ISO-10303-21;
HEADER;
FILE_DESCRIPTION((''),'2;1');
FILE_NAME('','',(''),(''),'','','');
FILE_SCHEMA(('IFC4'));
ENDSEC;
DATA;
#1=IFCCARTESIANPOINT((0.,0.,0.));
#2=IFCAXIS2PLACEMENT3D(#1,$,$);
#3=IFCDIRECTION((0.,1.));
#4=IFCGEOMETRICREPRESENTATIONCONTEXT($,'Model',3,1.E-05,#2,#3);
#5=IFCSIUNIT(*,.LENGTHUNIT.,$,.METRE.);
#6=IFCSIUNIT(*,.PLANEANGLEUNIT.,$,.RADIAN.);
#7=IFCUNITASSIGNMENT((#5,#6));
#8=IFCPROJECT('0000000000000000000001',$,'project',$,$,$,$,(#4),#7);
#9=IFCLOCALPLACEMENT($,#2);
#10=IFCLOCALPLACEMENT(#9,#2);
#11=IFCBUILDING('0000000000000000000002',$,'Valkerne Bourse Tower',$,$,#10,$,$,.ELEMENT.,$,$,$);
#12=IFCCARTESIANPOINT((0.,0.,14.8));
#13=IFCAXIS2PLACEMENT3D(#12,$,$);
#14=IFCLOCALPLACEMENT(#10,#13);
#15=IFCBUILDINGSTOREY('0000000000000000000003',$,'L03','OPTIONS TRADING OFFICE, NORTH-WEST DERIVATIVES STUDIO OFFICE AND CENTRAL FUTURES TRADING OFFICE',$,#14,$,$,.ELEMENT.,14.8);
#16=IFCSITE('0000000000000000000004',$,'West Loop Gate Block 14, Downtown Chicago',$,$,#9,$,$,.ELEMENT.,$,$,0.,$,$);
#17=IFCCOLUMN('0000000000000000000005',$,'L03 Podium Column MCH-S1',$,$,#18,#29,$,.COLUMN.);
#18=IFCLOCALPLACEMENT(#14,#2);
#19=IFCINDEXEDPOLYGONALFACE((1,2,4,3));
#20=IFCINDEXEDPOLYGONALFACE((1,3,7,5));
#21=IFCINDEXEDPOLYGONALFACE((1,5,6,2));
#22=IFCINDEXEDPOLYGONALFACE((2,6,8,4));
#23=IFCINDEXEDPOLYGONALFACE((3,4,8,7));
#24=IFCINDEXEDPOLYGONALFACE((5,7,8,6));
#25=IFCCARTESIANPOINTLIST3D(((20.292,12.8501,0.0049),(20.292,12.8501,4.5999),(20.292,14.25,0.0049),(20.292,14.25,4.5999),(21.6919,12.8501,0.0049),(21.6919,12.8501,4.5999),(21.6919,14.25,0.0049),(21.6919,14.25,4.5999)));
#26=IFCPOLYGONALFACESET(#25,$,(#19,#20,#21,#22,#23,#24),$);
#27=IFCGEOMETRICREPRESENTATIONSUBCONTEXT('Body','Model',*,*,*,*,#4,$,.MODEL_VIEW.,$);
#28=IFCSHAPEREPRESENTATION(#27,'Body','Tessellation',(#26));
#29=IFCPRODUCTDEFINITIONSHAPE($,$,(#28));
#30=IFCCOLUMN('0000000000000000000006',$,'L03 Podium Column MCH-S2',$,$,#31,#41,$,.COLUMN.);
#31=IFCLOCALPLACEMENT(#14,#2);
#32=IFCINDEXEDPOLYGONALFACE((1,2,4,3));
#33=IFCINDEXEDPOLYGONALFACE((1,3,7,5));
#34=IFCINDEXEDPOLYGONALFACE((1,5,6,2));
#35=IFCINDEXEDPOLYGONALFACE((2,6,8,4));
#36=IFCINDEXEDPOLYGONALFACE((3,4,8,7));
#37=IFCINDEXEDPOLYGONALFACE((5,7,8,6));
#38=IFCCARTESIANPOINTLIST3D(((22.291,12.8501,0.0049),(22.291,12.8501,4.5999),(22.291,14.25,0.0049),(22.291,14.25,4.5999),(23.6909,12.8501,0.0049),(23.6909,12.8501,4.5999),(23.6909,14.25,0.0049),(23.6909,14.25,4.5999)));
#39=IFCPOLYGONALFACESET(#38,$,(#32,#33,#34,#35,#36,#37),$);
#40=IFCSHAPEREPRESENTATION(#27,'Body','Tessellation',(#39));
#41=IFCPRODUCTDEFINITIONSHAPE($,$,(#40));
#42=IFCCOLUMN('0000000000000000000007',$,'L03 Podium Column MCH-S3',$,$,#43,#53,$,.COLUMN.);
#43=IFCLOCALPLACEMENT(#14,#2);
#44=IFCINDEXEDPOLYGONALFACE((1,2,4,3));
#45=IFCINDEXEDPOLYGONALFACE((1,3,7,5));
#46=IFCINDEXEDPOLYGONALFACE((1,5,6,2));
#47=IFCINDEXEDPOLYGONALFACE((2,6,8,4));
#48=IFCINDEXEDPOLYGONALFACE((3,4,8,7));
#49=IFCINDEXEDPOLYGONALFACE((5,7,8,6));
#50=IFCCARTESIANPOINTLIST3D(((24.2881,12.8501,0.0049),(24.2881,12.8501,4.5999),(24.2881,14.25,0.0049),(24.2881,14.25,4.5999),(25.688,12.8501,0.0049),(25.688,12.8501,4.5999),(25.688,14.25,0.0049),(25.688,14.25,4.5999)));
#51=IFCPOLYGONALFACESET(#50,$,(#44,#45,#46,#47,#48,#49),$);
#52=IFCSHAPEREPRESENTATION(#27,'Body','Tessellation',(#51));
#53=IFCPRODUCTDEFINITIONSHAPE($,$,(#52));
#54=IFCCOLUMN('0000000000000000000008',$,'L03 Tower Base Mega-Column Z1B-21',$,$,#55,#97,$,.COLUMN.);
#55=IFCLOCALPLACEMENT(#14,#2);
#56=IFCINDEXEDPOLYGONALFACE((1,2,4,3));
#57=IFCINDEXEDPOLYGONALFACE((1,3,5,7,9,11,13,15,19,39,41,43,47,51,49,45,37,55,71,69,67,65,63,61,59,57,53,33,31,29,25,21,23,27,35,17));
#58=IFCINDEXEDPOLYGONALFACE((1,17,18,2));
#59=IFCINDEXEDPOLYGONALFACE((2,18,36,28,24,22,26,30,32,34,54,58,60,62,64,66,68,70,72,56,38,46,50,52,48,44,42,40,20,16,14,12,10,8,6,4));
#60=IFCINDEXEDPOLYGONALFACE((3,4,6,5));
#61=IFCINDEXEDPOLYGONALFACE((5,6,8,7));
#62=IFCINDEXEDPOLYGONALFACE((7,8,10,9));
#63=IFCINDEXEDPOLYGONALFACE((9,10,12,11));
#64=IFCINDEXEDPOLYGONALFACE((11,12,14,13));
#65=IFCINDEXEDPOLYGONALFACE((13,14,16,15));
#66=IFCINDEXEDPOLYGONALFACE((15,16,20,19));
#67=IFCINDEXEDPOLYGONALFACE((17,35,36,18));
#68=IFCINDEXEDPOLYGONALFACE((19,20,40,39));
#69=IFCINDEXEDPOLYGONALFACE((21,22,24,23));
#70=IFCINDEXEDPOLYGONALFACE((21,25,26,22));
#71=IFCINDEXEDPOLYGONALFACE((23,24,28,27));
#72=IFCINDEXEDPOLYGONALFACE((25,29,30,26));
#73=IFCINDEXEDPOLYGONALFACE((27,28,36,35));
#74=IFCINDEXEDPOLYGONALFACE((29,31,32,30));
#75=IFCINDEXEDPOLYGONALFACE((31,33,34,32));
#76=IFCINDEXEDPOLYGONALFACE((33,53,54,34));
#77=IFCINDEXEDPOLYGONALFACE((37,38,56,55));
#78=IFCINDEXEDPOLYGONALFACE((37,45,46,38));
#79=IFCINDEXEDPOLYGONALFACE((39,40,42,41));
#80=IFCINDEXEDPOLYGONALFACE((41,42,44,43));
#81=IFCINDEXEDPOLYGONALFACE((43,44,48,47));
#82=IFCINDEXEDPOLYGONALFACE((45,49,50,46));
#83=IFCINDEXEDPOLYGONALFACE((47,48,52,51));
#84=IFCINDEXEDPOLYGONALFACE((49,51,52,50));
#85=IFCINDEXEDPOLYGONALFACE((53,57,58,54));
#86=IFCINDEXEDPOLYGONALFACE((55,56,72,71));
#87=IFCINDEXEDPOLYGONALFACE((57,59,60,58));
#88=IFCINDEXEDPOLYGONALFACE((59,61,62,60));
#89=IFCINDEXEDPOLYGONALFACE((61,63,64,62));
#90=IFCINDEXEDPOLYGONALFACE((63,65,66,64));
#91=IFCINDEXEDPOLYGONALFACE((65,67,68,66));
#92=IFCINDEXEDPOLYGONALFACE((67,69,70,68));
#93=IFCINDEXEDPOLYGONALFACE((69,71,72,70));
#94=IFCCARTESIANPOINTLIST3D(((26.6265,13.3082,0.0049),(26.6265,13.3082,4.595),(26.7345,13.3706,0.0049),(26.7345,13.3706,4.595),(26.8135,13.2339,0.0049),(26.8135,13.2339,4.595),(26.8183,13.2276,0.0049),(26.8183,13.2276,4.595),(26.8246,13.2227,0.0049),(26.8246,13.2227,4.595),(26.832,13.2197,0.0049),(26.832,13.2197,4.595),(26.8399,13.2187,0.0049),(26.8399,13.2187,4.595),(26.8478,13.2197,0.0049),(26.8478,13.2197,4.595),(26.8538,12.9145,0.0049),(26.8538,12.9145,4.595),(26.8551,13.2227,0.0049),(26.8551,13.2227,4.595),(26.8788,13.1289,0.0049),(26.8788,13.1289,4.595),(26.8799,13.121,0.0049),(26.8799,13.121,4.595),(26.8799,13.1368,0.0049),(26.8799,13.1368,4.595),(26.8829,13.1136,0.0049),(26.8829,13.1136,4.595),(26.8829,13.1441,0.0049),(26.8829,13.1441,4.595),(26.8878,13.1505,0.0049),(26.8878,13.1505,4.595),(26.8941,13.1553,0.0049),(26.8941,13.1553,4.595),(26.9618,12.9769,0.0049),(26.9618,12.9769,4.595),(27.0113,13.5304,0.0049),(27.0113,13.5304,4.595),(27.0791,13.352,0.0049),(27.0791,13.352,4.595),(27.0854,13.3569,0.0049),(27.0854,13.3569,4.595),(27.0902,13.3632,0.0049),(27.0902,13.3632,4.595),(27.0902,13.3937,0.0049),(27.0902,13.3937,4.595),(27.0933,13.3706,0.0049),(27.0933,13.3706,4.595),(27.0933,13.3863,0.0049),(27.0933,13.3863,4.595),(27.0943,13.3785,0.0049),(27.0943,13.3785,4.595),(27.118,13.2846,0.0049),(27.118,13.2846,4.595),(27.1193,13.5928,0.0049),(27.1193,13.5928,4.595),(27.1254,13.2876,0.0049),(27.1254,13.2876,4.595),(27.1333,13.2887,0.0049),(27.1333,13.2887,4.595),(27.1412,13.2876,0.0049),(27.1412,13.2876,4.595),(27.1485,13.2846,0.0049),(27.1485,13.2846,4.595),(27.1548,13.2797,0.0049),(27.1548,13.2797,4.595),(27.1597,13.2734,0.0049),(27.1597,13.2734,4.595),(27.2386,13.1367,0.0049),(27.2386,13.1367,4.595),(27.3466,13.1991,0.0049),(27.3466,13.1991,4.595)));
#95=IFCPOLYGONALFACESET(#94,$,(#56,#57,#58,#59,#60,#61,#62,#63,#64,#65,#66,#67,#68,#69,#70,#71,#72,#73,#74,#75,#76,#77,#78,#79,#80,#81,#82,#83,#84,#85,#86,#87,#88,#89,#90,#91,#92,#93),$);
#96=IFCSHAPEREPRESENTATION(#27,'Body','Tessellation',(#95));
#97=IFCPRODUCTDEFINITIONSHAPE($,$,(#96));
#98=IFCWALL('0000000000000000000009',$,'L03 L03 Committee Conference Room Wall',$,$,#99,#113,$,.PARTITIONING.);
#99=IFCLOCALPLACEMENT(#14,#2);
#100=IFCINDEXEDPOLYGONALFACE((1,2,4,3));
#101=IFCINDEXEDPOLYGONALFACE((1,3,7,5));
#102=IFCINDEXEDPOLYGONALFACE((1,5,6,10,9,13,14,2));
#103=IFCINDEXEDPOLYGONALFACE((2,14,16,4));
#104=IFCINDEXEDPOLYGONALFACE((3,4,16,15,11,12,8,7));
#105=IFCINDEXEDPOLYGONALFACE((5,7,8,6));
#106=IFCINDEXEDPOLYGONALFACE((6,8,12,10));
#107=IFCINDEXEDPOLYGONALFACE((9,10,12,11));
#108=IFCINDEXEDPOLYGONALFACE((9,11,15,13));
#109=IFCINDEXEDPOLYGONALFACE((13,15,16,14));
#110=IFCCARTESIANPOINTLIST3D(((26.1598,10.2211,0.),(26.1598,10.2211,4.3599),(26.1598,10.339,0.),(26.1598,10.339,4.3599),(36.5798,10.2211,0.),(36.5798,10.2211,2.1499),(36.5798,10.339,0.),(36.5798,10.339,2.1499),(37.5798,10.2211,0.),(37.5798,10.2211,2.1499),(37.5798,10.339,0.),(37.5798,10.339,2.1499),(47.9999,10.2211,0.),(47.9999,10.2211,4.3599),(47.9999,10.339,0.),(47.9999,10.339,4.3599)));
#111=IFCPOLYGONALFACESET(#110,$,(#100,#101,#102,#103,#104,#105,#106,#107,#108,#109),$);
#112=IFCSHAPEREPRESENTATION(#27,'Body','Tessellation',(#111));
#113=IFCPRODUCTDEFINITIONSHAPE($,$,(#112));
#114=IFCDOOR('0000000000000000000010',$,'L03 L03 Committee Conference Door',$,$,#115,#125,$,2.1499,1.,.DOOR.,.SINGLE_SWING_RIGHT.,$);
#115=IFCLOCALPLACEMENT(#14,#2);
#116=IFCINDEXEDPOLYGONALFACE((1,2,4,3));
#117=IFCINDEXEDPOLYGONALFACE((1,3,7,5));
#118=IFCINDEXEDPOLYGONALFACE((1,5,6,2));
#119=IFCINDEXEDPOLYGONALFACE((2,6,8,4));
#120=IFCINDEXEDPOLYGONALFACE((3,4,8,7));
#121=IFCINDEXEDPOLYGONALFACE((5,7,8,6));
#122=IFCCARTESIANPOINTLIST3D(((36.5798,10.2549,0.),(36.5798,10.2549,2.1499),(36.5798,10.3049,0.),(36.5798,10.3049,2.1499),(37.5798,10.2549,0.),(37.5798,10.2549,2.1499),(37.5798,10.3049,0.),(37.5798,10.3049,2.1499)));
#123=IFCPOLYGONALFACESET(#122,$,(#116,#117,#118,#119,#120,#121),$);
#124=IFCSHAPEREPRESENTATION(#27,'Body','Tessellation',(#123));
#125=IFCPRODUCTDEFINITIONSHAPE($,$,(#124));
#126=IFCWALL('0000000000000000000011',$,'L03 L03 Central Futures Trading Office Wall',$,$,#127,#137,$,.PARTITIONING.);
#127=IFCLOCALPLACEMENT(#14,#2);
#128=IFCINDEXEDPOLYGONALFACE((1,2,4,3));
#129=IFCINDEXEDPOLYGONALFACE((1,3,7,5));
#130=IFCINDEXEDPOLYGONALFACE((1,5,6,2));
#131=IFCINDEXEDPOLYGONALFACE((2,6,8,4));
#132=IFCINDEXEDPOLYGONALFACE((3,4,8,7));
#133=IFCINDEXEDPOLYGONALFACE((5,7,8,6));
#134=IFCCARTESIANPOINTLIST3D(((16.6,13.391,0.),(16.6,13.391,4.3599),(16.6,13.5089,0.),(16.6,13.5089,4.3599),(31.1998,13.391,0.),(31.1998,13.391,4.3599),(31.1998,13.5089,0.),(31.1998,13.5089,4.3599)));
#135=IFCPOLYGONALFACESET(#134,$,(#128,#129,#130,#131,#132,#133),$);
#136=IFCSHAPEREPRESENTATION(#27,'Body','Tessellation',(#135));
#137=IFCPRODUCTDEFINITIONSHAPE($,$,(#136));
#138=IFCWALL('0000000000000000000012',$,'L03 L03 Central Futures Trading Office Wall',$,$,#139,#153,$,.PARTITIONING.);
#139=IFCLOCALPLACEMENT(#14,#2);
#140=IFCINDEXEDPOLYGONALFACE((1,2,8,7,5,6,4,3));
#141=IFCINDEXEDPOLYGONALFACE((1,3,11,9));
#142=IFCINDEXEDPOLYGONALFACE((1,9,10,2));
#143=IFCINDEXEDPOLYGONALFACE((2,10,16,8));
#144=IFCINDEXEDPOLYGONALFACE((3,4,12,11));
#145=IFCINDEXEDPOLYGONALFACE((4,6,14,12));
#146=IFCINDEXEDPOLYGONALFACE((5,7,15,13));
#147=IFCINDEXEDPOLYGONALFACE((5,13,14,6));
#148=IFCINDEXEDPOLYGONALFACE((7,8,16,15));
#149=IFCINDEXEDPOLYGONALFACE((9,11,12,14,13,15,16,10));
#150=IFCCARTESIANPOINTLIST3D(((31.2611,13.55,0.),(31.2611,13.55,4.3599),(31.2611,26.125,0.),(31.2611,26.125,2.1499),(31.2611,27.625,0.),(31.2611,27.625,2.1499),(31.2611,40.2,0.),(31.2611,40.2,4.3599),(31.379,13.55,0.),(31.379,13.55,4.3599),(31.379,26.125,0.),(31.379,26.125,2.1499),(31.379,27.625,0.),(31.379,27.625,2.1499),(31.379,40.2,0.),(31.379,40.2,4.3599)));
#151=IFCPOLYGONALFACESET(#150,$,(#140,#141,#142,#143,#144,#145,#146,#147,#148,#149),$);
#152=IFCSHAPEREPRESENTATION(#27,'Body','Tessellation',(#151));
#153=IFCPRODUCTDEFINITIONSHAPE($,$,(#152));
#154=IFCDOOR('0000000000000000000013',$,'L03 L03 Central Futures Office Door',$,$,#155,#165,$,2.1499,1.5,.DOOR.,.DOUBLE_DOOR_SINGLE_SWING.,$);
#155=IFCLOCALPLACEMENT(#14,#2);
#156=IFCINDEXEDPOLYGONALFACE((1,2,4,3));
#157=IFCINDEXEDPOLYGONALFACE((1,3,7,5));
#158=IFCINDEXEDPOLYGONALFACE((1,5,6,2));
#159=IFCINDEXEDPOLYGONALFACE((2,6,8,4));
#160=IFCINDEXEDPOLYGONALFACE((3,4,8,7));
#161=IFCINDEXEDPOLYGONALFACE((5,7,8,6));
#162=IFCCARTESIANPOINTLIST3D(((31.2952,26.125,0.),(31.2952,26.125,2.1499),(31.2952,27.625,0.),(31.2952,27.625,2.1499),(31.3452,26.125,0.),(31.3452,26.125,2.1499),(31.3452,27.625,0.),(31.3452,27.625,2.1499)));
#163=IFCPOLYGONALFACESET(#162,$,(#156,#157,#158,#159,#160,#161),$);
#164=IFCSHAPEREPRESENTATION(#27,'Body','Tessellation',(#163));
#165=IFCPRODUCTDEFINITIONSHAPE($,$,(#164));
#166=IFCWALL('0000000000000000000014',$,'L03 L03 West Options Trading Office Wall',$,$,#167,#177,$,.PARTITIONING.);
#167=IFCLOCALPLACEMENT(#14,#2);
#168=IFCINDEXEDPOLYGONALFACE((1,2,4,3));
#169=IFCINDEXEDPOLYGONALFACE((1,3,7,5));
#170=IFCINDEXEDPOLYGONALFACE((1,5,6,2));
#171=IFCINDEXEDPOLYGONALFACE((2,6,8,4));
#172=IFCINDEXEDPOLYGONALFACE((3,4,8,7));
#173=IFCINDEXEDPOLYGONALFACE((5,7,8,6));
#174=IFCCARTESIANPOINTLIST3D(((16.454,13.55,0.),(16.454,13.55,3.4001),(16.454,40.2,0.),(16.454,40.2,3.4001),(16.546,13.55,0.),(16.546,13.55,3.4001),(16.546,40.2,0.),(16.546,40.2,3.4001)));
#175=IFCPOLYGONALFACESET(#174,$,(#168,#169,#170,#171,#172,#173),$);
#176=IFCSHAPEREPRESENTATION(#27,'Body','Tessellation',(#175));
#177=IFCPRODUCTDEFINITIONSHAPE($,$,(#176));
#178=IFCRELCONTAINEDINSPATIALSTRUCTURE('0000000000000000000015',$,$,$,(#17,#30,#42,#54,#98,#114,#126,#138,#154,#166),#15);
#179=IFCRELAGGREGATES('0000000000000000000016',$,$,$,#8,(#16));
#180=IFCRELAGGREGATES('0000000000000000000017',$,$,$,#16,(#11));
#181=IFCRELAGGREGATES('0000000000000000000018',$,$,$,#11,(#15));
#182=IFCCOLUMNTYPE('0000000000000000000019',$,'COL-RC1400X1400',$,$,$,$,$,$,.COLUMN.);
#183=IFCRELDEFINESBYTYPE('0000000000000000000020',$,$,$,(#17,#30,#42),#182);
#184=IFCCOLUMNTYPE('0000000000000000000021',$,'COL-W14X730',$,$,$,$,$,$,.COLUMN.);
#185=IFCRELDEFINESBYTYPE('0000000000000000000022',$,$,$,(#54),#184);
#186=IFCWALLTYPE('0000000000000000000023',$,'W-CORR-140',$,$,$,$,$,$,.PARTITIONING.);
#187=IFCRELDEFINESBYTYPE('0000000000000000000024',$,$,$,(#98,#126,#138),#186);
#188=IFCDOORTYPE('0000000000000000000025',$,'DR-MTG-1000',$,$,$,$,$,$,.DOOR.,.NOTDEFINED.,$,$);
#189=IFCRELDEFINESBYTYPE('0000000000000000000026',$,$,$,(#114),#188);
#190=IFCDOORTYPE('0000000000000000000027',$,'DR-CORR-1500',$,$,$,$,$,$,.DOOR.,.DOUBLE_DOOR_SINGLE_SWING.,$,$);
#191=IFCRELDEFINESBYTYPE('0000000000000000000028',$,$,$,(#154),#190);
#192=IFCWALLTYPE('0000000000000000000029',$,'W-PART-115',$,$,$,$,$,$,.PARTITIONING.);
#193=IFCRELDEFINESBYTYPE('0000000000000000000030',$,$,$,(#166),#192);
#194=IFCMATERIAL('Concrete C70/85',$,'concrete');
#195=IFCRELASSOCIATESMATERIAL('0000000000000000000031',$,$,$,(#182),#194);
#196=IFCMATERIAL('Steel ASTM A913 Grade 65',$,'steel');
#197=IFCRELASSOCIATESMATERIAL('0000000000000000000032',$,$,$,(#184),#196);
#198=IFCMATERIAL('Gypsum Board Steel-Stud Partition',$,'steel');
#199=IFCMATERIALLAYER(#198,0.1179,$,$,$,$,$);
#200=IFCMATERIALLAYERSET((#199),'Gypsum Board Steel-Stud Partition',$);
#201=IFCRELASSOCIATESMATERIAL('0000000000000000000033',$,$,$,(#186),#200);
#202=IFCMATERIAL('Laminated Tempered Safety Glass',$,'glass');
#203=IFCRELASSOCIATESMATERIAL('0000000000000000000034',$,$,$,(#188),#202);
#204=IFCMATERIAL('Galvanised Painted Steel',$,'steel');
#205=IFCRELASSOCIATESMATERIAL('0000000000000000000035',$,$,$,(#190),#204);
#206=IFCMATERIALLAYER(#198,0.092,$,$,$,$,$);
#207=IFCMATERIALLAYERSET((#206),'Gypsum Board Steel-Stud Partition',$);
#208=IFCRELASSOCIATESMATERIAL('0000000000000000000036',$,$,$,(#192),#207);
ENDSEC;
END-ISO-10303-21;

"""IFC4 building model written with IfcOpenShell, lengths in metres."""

from ifc_helpers import new_model, si_unit, direction, frame, frame_2d, origin, origin_2d, place, context, subcontext, project, spatial, rectangle, i_section, extrude, material, layer, layer_set, material_profile, profile_set, type_object, element, fill, save


model = new_model("IFC4")

# Units and contexts
model_context = context("Model", 3, precision=1e-05, world=origin(), true_north=direction((0.0, 1.0)))
body_context = subcontext(model_context, "Body", "Model", "MODEL_VIEW")
ifc_project = project(units=[si_unit("LENGTHUNIT", "METRE"), si_unit("PLANEANGLEUNIT", "RADIAN")], contexts=[model_context])

# Site, building, storey
site_placement = place(None, origin())
site = spatial("IfcSite", under=ifc_project, at=site_placement, Name="West Loop Gate Block 14, Downtown Chicago", CompositionType="ELEMENT", RefElevation=0.0)
building_placement = place(site_placement, origin())
building = spatial("IfcBuilding", under=site, at=building_placement, Name="Valkerne Bourse Tower", CompositionType="ELEMENT")
storey_placement = place(building_placement, frame((0.0, 0.0, 14.8)))
storey = spatial("IfcBuildingStorey", under=building, at=storey_placement, Name="L03", Description="OPTIONS TRADING OFFICE, NORTH-WEST DERIVATIVES STUDIO OFFICE AND CENTRAL FUTURES TRADING OFFICE", CompositionType="ELEMENT", Elevation=14.8)

# Columns
ifc_material_1 = material(Name="Concrete C70/85", Category="concrete")
ifc_material_profile_1 = material_profile(ifc_material_1, rectangle(XDim=1.3999, YDim=1.3999, at=origin_2d()), Name="RC1400X1400")
ifc_profile_set_1 = profile_set([ifc_material_profile_1], Name="Concrete C70/85")
column_type_1 = type_object("IfcColumnType", Name="COL-RC1400X1400", PredefinedType="COLUMN", material=ifc_profile_set_1)
for number, where, z_axis, x_axis, name in (
    (1, (20.9919, 13.55, 0.0049), (0.0, 0.0, 1.0), (1.0, 0.0, 0.0), "L03 Podium Column MCH-S1"),
    (2, (22.991, 13.55, 0.0049), (0.0, 0.0, 1.0), (1.0, 0.0, 0.0), "L03 Podium Column MCH-S2"),
    (3, (24.988, 13.55, 0.0049), (0.0, 0.0, 1.0), (1.0, 0.0, 0.0), "L03 Podium Column MCH-S3"),
):
    element("IfcColumn", number, at=place(storey_placement, frame(where, z_axis=z_axis, x_axis=x_axis)), inside=storey, type_object=column_type_1, Name=name, PredefinedType="COLUMN", context=body_context, shape_type="SweptSolid", body=[
        extrude(rectangle(XDim=1.3999, YDim=1.3999, at=origin_2d()), origin(), (0.0, 0.0, 1.0), 4.595),
    ])
ifc_material_2 = material(Name="Steel ASTM A913 Grade 65", Category="steel")
ifc_material_profile_2 = material_profile(ifc_material_2, i_section(OverallWidth=0.4546, OverallDepth=0.5691, WebThickness=0.0779, FlangeThickness=0.1248, FilletRadius=0.0305, at=origin_2d()), Name="W14X730")
ifc_profile_set_2 = profile_set([ifc_material_profile_2], Name="Steel ASTM A913 Grade 65")
column_type_2 = type_object("IfcColumnType", Name="COL-W14X730", PredefinedType="COLUMN", material=ifc_profile_set_2)
column_placement = place(storey_placement, frame((26.9866, 13.2537, 0.0049), z_axis=(0.0, 0.0, 1.0), x_axis=(0.5, -0.866025, 0.0)))
element("IfcColumn", 4, at=column_placement, inside=storey, type_object=column_type_2, Name="L03 Tower Base Mega-Column Z1B-21", PredefinedType="COLUMN", context=body_context, shape_type="SweptSolid", body=[
    extrude(i_section(OverallWidth=0.4546, OverallDepth=0.5691, WebThickness=0.0779, FlangeThickness=0.1248, FilletRadius=0.0305, at=origin_2d()), origin(), (0.0, 0.0, 1.0), 4.5901),
])

# Wall, opening, door
ifc_material_3 = material(Name="Galvanised Painted Steel", Category="steel")
ifc_material_4 = material(Name="Gypsum Board Steel-Stud Partition", Category="steel")
ifc_layer_1 = layer(ifc_material_4, 0.1179)
ifc_layer_set_1 = layer_set([ifc_layer_1], Name="Gypsum Board Steel-Stud Partition")
wall_type_1 = type_object("IfcWallType", Name="W-CORR-140", PredefinedType="PARTITIONING", material=ifc_layer_set_1)
wall_1_placement = place(storey_placement, frame((26.1599, 10.28, 0.0), z_axis=(0.0, 0.0, 1.0), x_axis=(1.0, 0.0, 0.0)))
wall_1 = element("IfcWall", 5, at=wall_1_placement, inside=storey, type_object=wall_type_1, Name="L03 L03 Committee Conference Room Wall", PredefinedType="PARTITIONING", context=body_context, shape_type="SweptSolid", body=[
    extrude(rectangle(XDim=21.8401, YDim=0.1179, at=frame_2d((10.9199, 0.0))), origin(), (0.0, 0.0, 1.0), 4.3599),
])
opening_1_placement = place(wall_1_placement, frame((10.4199, 0.0, 0.0)))
opening_1 = element("IfcOpeningElement", 6, at=opening_1_placement, cuts=wall_1, PredefinedType="OPENING", context=body_context, shape_type="SweptSolid", body=[
    extrude(rectangle(XDim=1.0, YDim=2.1499, at=frame_2d((0.5, 1.075))), frame((0.0, 0.0688, 0.0), z_axis=(0.0, -1.0, 0.0), x_axis=(1.0, 0.0, 0.0)), (0.0, 0.0, 1.0), 0.1379),
])
ifc_material_5 = material(Name="Laminated Tempered Safety Glass", Category="glass")
door_type_1 = type_object("IfcDoorType", Name="DR-MTG-1000", OperationType="NOTDEFINED", PredefinedType="DOOR", material=ifc_material_5)
door_1_placement = place(opening_1_placement, origin())
door_1 = element("IfcDoor", 7, at=door_1_placement, inside=storey, type_object=door_type_1, Name="L03 L03 Committee Conference Door", OperationType="SINGLE_SWING_RIGHT", OverallHeight=2.1499, OverallWidth=1.0, PredefinedType="DOOR", context=body_context, shape_type="SweptSolid", body=[
    extrude(rectangle(XDim=1.0, YDim=2.1499, at=frame_2d((0.5, 1.075))), frame((0.0, 0.0249, 0.0), z_axis=(0.0, -1.0, 0.0), x_axis=(1.0, 0.0, 0.0)), (0.0, 0.0, 1.0), 0.05),
])
fill(opening_1, door_1)

# Wall
wall_2_placement = place(storey_placement, frame((16.6001, 13.45, 0.0), z_axis=(0.0, 0.0, 1.0), x_axis=(1.0, 0.0, 0.0)))
element("IfcWall", 8, at=wall_2_placement, inside=storey, type_object=wall_type_1, Name="L03 L03 Central Futures Trading Office Wall", PredefinedType="PARTITIONING", context=body_context, shape_type="SweptSolid", body=[
    extrude(rectangle(XDim=14.5999, YDim=0.1179, at=frame_2d((7.2998, 0.0))), origin(), (0.0, 0.0, 1.0), 4.3599),
])

# Wall, opening, door
wall_3_placement = place(storey_placement, frame((31.3201, 13.55, 0.0), z_axis=(0.0, 0.0, 1.0), x_axis=(0.0, 1.0, 0.0)))
wall_3 = element("IfcWall", 9, at=wall_3_placement, inside=storey, type_object=wall_type_1, Name="L03 L03 Central Futures Trading Office Wall", PredefinedType="PARTITIONING", context=body_context, shape_type="SweptSolid", body=[
    extrude(rectangle(XDim=26.6499, YDim=0.1179, at=frame_2d((13.325, 0.0))), origin(), (0.0, 0.0, 1.0), 4.3599),
])
opening_2_placement = place(wall_3_placement, frame((12.575, 0.0, 0.0)))
opening_2 = element("IfcOpeningElement", 10, at=opening_2_placement, cuts=wall_3, PredefinedType="OPENING", context=body_context, shape_type="SweptSolid", body=[
    extrude(rectangle(XDim=1.5, YDim=2.1499, at=frame_2d((0.75, 1.075))), frame((0.0, 0.0688, 0.0), z_axis=(0.0, -1.0, 0.0), x_axis=(1.0, 0.0, 0.0)), (0.0, 0.0, 1.0), 0.1379),
])
door_type_2 = type_object("IfcDoorType", Name="DR-CORR-1500", OperationType="DOUBLE_DOOR_SINGLE_SWING", PredefinedType="DOOR", material=ifc_material_3)
door_2_placement = place(opening_2_placement, origin())
door_2 = element("IfcDoor", 11, at=door_2_placement, inside=storey, type_object=door_type_2, Name="L03 L03 Central Futures Office Door", OperationType="DOUBLE_DOOR_SINGLE_SWING", OverallHeight=2.1499, OverallWidth=1.5, PredefinedType="DOOR", context=body_context, shape_type="SweptSolid", body=[
    extrude(rectangle(XDim=1.5, YDim=2.1499, at=frame_2d((0.75, 1.075))), frame((0.0, 0.0249, 0.0), z_axis=(0.0, -1.0, 0.0), x_axis=(1.0, 0.0, 0.0)), (0.0, 0.0, 1.0), 0.05),
])
fill(opening_2, door_2)

# Wall
ifc_layer_2 = layer(ifc_material_4, 0.092)
ifc_layer_set_2 = layer_set([ifc_layer_2], Name="Gypsum Board Steel-Stud Partition")
wall_type_2 = type_object("IfcWallType", Name="W-PART-115", PredefinedType="PARTITIONING", material=ifc_layer_set_2)
wall_4_placement = place(storey_placement, frame((16.5, 13.55, 0.0), z_axis=(0.0, 0.0, 1.0), x_axis=(0.0, 1.0, 0.0)))
element("IfcWall", 12, at=wall_4_placement, inside=storey, type_object=wall_type_2, Name="L03 L03 West Options Trading Office Wall", PredefinedType="PARTITIONING", context=body_context, shape_type="SweptSolid", body=[
    extrude(rectangle(XDim=26.6499, YDim=0.092, at=frame_2d((13.325, 0.0))), origin(), (0.0, 0.0, 1.0), 3.4001),
])

save(model, "model.ifc")
